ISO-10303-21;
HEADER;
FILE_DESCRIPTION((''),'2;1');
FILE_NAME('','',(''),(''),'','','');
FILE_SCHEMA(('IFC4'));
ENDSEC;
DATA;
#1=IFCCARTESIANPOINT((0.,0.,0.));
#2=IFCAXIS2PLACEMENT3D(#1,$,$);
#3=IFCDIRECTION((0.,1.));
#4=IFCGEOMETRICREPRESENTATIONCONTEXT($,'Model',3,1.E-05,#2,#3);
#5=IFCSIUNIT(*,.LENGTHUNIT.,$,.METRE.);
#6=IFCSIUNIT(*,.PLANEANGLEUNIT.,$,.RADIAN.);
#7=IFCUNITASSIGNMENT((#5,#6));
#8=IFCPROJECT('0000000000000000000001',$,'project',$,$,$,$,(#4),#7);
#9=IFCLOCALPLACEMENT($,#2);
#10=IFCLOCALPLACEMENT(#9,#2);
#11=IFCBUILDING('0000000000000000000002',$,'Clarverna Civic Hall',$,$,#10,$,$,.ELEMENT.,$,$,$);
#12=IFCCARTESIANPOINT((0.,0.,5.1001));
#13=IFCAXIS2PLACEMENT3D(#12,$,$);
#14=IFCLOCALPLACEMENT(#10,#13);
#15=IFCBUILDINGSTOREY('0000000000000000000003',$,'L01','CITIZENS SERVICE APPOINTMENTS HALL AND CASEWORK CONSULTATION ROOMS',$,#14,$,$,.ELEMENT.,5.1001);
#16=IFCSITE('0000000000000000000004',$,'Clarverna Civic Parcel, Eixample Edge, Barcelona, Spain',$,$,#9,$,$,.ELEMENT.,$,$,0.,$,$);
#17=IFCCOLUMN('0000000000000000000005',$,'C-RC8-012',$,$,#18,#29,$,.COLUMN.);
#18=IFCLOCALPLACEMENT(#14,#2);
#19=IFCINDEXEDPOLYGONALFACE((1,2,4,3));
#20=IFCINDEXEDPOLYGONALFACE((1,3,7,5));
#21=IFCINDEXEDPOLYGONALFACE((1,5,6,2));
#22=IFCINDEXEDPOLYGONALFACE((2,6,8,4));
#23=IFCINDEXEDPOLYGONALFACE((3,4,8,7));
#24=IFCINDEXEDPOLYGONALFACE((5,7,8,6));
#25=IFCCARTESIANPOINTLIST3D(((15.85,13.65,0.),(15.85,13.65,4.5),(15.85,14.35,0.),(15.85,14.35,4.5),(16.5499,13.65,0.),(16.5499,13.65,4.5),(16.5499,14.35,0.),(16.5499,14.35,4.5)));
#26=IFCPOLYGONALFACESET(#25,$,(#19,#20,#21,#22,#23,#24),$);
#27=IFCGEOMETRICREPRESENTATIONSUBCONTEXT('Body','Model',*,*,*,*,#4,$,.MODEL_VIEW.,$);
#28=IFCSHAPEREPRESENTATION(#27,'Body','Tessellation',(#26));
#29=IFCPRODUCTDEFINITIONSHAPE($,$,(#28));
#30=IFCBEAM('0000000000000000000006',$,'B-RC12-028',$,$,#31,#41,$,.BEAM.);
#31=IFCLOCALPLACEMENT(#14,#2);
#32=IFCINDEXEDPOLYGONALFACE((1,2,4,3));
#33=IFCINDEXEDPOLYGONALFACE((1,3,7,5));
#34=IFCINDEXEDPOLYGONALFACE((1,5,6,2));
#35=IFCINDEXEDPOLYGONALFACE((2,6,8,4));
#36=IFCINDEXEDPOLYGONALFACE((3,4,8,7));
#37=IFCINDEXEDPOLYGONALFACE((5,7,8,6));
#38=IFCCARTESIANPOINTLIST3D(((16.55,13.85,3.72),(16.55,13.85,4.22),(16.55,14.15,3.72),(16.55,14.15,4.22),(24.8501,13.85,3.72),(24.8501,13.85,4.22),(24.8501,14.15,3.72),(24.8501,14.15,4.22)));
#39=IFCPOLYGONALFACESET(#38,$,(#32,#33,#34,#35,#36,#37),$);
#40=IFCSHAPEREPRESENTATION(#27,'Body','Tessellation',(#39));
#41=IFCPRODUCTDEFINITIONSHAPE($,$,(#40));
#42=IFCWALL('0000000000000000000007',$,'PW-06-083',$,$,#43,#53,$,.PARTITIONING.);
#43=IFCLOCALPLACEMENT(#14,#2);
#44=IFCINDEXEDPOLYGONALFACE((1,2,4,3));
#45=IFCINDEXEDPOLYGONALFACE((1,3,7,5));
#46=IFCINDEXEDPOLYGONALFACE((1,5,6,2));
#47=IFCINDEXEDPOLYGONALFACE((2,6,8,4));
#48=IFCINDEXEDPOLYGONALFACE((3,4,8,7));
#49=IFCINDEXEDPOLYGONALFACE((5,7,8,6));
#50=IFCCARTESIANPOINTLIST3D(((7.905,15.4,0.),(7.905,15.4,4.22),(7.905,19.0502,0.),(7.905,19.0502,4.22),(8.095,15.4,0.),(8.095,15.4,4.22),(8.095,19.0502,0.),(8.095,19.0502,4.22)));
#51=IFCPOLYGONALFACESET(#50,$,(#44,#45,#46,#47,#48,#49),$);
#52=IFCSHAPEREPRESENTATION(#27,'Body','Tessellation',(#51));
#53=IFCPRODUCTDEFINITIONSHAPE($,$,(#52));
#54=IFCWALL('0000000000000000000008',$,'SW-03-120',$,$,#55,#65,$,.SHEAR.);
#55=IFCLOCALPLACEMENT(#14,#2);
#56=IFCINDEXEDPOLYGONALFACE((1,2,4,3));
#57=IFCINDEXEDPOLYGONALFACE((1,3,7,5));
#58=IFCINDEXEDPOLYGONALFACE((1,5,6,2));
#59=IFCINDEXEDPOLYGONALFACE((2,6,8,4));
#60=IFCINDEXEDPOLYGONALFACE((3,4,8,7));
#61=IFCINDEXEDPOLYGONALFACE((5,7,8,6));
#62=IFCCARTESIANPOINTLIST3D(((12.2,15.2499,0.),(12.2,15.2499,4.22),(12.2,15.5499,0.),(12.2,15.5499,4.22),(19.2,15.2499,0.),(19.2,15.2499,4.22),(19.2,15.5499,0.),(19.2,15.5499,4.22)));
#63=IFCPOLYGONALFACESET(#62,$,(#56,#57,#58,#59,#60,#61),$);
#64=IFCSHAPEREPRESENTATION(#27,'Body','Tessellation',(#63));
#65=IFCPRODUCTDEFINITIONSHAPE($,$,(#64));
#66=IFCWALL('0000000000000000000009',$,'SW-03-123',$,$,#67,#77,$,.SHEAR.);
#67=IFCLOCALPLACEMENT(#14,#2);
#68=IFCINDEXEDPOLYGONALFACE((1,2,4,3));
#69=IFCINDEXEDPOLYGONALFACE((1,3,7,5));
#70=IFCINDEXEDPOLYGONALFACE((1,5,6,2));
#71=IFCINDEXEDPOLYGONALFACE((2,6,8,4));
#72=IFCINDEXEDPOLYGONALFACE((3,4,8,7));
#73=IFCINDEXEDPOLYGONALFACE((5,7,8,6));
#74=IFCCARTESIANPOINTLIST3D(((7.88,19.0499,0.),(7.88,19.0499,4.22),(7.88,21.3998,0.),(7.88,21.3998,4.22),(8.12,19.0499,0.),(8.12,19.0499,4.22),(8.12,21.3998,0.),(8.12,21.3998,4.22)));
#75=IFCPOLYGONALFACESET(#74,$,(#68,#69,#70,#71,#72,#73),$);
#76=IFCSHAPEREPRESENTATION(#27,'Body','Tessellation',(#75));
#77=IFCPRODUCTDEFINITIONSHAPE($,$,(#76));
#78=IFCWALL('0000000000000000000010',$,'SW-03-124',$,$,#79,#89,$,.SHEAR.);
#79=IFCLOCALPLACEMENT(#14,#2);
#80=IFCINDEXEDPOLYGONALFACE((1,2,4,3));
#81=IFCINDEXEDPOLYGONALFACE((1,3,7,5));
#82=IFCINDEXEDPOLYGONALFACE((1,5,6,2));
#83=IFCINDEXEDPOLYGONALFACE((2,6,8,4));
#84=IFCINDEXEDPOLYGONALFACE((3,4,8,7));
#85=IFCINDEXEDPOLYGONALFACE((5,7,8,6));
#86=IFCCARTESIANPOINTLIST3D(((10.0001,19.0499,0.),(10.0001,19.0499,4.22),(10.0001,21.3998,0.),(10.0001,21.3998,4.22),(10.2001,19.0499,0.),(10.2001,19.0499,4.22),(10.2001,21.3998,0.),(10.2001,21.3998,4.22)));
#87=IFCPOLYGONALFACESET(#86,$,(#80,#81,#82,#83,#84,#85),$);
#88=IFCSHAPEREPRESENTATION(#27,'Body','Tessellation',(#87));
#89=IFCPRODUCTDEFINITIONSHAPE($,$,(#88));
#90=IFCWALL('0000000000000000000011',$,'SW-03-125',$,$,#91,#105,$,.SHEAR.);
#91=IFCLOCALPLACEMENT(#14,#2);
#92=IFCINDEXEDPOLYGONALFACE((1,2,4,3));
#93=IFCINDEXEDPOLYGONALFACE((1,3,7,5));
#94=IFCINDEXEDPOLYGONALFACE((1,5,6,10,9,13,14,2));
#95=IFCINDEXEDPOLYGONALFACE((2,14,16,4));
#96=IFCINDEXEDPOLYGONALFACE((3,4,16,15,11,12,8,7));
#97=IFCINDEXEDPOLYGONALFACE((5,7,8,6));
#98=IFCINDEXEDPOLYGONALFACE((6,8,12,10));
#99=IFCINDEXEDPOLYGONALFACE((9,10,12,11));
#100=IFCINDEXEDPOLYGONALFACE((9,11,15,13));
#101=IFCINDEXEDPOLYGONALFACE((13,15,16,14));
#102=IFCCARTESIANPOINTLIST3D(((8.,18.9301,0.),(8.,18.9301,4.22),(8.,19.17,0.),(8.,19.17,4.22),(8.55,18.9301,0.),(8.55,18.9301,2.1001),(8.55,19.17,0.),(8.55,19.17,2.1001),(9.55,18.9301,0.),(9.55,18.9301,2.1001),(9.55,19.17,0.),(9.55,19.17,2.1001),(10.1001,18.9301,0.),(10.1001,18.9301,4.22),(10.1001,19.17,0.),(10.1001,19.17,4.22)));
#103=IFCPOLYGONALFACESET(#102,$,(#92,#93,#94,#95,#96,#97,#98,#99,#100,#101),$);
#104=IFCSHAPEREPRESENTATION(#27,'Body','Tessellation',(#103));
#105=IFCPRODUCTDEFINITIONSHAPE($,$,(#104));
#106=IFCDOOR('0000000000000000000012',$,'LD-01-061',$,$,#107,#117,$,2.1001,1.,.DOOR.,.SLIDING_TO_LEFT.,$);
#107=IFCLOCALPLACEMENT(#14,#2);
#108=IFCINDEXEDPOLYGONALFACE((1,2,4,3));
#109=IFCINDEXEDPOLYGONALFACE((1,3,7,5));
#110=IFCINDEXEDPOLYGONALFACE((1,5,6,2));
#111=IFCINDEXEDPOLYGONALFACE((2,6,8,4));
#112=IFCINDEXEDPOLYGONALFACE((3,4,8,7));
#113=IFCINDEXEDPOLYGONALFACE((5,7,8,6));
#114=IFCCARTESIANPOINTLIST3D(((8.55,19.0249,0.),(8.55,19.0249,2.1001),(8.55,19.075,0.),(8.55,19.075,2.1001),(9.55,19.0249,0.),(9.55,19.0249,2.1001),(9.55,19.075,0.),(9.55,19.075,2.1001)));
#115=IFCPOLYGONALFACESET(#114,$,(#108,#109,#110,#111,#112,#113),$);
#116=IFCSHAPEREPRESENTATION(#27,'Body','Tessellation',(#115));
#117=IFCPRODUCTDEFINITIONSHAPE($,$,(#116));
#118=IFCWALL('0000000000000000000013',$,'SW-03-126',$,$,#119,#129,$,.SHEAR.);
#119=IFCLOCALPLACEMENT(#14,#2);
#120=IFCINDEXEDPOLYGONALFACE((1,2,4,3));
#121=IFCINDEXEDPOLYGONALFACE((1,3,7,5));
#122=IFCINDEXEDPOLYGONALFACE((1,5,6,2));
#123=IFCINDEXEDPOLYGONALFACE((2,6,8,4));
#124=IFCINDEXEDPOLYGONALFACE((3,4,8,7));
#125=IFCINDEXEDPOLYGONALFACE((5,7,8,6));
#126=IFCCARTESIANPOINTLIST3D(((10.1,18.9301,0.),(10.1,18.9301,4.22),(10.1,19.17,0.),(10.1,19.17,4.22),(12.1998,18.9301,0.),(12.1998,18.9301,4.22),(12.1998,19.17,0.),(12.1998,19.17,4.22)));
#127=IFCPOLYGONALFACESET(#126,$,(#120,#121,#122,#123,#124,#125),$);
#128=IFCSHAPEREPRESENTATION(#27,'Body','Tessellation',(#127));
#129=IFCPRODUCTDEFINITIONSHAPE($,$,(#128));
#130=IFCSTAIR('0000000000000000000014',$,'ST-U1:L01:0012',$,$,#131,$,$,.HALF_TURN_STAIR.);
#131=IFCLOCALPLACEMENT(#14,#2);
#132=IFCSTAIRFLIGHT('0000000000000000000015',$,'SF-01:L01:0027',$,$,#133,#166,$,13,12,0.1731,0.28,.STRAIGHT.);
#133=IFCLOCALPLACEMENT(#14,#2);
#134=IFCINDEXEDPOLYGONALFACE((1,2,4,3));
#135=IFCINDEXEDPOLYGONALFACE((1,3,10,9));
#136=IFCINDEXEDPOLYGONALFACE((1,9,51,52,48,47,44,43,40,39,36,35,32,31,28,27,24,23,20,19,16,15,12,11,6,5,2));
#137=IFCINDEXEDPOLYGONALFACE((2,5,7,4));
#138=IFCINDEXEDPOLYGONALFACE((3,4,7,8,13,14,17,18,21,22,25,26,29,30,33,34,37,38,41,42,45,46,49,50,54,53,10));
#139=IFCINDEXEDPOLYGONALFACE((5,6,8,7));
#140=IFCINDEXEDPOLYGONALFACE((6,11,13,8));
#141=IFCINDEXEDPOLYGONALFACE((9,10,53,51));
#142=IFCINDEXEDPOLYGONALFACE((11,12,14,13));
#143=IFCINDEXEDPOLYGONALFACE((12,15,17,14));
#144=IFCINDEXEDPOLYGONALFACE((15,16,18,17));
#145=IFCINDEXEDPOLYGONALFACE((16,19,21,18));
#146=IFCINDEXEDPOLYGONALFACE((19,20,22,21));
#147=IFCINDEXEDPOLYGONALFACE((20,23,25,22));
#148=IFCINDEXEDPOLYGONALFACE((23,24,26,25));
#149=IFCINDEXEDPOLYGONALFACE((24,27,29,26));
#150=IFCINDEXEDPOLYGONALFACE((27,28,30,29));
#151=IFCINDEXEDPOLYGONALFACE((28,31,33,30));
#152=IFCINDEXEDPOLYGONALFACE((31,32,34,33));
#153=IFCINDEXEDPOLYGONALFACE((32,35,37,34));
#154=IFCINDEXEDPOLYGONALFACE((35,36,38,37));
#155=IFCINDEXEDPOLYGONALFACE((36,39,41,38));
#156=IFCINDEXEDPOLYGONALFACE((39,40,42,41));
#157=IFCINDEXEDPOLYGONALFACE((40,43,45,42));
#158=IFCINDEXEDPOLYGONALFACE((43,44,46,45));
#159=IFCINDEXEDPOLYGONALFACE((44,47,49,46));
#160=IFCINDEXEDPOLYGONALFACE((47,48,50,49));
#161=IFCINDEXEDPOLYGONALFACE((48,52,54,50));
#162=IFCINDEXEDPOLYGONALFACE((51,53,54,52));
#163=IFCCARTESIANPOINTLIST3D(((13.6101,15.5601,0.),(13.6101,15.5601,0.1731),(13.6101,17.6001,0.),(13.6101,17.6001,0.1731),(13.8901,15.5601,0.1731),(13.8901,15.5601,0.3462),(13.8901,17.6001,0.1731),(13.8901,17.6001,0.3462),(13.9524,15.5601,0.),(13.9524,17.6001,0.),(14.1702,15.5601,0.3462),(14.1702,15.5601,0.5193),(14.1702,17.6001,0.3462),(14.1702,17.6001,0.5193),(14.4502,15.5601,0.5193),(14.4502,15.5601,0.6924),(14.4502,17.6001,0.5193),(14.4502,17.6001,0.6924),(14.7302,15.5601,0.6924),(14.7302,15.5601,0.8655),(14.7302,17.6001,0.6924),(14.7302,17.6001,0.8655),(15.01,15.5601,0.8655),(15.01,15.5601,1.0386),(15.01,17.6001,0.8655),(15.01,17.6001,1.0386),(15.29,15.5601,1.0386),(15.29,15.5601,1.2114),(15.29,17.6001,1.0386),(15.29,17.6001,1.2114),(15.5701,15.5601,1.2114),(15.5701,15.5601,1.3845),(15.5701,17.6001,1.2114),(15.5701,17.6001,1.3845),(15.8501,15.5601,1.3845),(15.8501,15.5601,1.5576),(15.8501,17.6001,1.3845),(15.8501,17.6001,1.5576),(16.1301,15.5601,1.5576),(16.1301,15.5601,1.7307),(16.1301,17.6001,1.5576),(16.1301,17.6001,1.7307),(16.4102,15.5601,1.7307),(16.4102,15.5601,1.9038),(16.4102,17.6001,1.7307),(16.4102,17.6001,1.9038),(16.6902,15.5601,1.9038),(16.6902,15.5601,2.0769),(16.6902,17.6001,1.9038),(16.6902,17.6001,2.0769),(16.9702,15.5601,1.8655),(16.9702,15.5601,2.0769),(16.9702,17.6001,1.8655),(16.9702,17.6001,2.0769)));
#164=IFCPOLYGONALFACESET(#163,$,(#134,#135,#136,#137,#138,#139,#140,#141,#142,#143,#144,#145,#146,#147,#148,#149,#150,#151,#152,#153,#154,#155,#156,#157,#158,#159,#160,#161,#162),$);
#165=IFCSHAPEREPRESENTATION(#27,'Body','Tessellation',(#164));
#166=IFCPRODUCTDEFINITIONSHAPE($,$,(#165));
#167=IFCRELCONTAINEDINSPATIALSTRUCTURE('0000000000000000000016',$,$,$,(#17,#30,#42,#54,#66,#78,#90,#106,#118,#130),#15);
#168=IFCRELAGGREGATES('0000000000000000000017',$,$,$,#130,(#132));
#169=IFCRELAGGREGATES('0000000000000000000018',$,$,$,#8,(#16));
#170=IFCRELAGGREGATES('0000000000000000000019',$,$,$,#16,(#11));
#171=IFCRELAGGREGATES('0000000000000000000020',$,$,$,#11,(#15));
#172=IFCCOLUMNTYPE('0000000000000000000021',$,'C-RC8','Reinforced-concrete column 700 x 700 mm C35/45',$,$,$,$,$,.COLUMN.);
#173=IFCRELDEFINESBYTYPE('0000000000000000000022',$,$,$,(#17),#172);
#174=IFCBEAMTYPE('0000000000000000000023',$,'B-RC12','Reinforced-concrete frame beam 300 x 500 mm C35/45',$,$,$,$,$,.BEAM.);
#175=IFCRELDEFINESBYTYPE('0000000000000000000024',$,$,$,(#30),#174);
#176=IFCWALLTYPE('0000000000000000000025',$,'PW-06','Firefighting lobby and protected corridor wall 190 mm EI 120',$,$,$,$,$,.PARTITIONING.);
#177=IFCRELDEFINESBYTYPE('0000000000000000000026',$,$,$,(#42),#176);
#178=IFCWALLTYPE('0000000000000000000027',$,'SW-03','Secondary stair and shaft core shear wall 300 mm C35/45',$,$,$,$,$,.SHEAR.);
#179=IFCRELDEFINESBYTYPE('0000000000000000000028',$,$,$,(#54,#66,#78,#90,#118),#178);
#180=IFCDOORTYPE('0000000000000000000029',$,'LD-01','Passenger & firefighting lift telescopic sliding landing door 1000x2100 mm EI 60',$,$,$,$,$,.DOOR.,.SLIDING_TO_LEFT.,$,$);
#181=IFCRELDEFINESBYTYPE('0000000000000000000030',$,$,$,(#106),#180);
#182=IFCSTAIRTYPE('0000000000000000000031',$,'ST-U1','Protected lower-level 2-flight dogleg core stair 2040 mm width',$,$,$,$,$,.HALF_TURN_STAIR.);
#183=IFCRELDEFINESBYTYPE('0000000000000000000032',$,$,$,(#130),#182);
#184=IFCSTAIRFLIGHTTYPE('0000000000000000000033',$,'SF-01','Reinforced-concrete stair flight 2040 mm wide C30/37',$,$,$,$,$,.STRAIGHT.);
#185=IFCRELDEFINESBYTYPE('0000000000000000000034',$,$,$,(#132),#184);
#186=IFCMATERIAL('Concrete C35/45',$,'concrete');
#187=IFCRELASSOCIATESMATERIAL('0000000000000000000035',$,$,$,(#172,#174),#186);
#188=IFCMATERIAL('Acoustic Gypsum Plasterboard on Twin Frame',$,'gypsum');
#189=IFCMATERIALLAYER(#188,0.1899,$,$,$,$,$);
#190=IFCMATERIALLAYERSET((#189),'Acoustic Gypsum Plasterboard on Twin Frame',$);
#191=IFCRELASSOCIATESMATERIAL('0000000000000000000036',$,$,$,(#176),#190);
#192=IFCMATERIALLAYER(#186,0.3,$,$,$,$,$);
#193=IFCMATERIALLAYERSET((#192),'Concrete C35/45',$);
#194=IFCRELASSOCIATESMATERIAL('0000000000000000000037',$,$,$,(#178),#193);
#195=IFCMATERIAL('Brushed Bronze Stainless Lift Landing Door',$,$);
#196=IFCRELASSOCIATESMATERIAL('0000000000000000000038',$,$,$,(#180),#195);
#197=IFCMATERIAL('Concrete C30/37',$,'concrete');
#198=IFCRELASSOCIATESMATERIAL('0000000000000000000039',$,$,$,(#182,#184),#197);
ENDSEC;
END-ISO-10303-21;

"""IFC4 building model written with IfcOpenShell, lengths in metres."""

from ifc_helpers import new_model, si_unit, direction, frame, frame_2d, origin, origin_2d, place, context, subcontext, project, spatial, polyline, rectangle, outline, extrude, material, layer, layer_set, material_profile, profile_set, type_object, element, fill, aggregate, save


model = new_model("IFC4")

# Units and contexts
model_context = context("Model", 3, precision=1e-05, world=origin(), true_north=direction((0.0, 1.0)))
body_context = subcontext(model_context, "Body", "Model", "MODEL_VIEW")
ifc_project = project(units=[si_unit("LENGTHUNIT", "METRE"), si_unit("PLANEANGLEUNIT", "RADIAN")], contexts=[model_context])

# Site, building, storey
site_placement = place(None, origin())
site = spatial("IfcSite", under=ifc_project, at=site_placement, Name="Clarverna Civic Parcel, Eixample Edge, Barcelona, Spain", CompositionType="ELEMENT", RefElevation=0.0)
building_placement = place(site_placement, origin())
building = spatial("IfcBuilding", under=site, at=building_placement, Name="Clarverna Civic Hall", CompositionType="ELEMENT")
storey_placement = place(building_placement, frame((0.0, 0.0, 5.1001)))
storey = spatial("IfcBuildingStorey", under=building, at=storey_placement, Name="L01", Description="CITIZENS SERVICE APPOINTMENTS HALL AND CASEWORK CONSULTATION ROOMS", CompositionType="ELEMENT", Elevation=5.1001)

# Column
ifc_material_1 = material(Name="Concrete C35/45", Category="concrete")
ifc_material_profile_1 = material_profile(ifc_material_1, rectangle(XDim=0.7, YDim=0.7, at=origin_2d()), Name="RC 700x700")
ifc_profile_set_1 = profile_set([ifc_material_profile_1], Name="Concrete C35/45")
column_type = type_object("IfcColumnType", Name="C-RC8", Description="Reinforced-concrete column 700 x 700 mm C35/45", PredefinedType="COLUMN", material=ifc_profile_set_1)
column_placement = place(storey_placement, frame((16.2, 14.0, 0.0), z_axis=(0.0, 0.0, 1.0), x_axis=(1.0, 0.0, 0.0)))
element("IfcColumn", 1, at=column_placement, inside=storey, type_object=column_type, Name="C-RC8-012", PredefinedType="COLUMN", context=body_context, shape_type="SweptSolid", body=[
    extrude(rectangle(XDim=0.7, YDim=0.7, at=origin_2d()), origin(), (0.0, 0.0, 1.0), 4.5),
])

# Beam
ifc_material_profile_2 = material_profile(ifc_material_1, rectangle(XDim=0.3, YDim=0.5, at=origin_2d()), Name="RC 300x500")
ifc_profile_set_2 = profile_set([ifc_material_profile_2], Name="Concrete C35/45")
beam_type = type_object("IfcBeamType", Name="B-RC12", Description="Reinforced-concrete frame beam 300 x 500 mm C35/45", PredefinedType="BEAM", material=ifc_profile_set_2)
beam_placement = place(storey_placement, frame((16.55, 14.0, 3.97), z_axis=(1.0, 0.0, 0.0), x_axis=(0.0, 1.0, 0.0)))
element("IfcBeam", 2, at=beam_placement, inside=storey, type_object=beam_type, Name="B-RC12-028", PredefinedType="BEAM", context=body_context, shape_type="SweptSolid", body=[
    extrude(rectangle(XDim=0.3, YDim=0.5, at=origin_2d()), origin(), (0.0, 0.0, 1.0), 8.3),
])

# Wall
ifc_material_2 = material(Name="Acoustic Gypsum Plasterboard on Twin Frame", Category="gypsum")
ifc_layer_1 = layer(ifc_material_2, 0.1899)
ifc_layer_set_1 = layer_set([ifc_layer_1], Name="Acoustic Gypsum Plasterboard on Twin Frame")
wall_type_1 = type_object("IfcWallType", Name="PW-06", Description="Firefighting lobby and protected corridor wall 190 mm EI 120", PredefinedType="PARTITIONING", material=ifc_layer_set_1)
wall_1_placement = place(storey_placement, frame((8.0, 15.3999, 0.0), z_axis=(0.0, 0.0, 1.0), x_axis=(0.0, 1.0, 0.0)))
element("IfcWall", 3, at=wall_1_placement, inside=storey, type_object=wall_type_1, Name="PW-06-083", PredefinedType="PARTITIONING", context=body_context, shape_type="SweptSolid", body=[
    extrude(rectangle(XDim=3.6501, YDim=0.1899, at=frame_2d((1.8252, 0.0))), origin(), (0.0, 0.0, 1.0), 4.22),
])

# Shared definitions
ifc_layer_2 = layer(ifc_material_1, 0.3)
ifc_layer_set_2 = layer_set([ifc_layer_2], Name="Concrete C35/45")
wall_type_2 = type_object("IfcWallType", Name="SW-03", Description="Secondary stair and shaft core shear wall 300 mm C35/45", PredefinedType="SHEAR", material=ifc_layer_set_2)

# Walls
wall_2_placement = place(storey_placement, frame((12.2, 15.3999, 0.0), z_axis=(0.0, 0.0, 1.0), x_axis=(1.0, 0.0, 0.0)))
element("IfcWall", 4, at=wall_2_placement, inside=storey, type_object=wall_type_2, Name="SW-03-120", PredefinedType="SHEAR", context=body_context, shape_type="SweptSolid", body=[
    extrude(rectangle(XDim=7.0, YDim=0.3, at=frame_2d((3.5, 0.0))), origin(), (0.0, 0.0, 1.0), 4.22),
])
wall_3_placement = place(storey_placement, frame((8.0, 19.05, 0.0), z_axis=(0.0, 0.0, 1.0), x_axis=(0.0, 1.0, 0.0)))
element("IfcWall", 5, at=wall_3_placement, inside=storey, type_object=wall_type_2, Name="SW-03-123", PredefinedType="SHEAR", context=body_context, shape_type="SweptSolid", body=[
    extrude(rectangle(XDim=2.3499, YDim=0.24, at=frame_2d((1.1748, 0.0))), origin(), (0.0, 0.0, 1.0), 4.22),
])
wall_4_placement = place(storey_placement, frame((10.1001, 19.05, 0.0), z_axis=(0.0, 0.0, 1.0), x_axis=(0.0, 1.0, 0.0)))
element("IfcWall", 6, at=wall_4_placement, inside=storey, type_object=wall_type_2, Name="SW-03-124", PredefinedType="SHEAR", context=body_context, shape_type="SweptSolid", body=[
    extrude(rectangle(XDim=2.3499, YDim=0.2, at=frame_2d((1.1748, 0.0))), origin(), (0.0, 0.0, 1.0), 4.22),
])

# Wall, opening, door
wall_5_placement = place(storey_placement, frame((8.0, 19.05, 0.0), z_axis=(0.0, 0.0, 1.0), x_axis=(1.0, 0.0, 0.0)))
wall_5 = element("IfcWall", 7, at=wall_5_placement, inside=storey, type_object=wall_type_2, Name="SW-03-125", PredefinedType="SHEAR", context=body_context, shape_type="SweptSolid", body=[
    extrude(rectangle(XDim=2.1001, YDim=0.24, at=frame_2d((1.05, 0.0))), origin(), (0.0, 0.0, 1.0), 4.22),
])
opening_1_placement = place(wall_5_placement, frame((0.55, 0.0, 0.0)))
opening_1 = element("IfcOpeningElement", 8, at=opening_1_placement, cuts=wall_5, PredefinedType="OPENING", context=body_context, shape_type="SweptSolid", body=[
    extrude(rectangle(XDim=1.0, YDim=2.1001, at=frame_2d((0.5, 1.05))), frame((0.0, 0.1299, 0.0), z_axis=(0.0, -1.0, 0.0), x_axis=(1.0, 0.0, 0.0)), (0.0, 0.0, 1.0), 0.26),
])
ifc_material_3 = material(Name="Brushed Bronze Stainless Lift Landing Door")
door_type_1 = type_object("IfcDoorType", Name="LD-01", Description="Passenger & firefighting lift telescopic sliding landing door 1000x2100 mm EI 60", OperationType="SLIDING_TO_LEFT", PredefinedType="DOOR", material=ifc_material_3)
door_1_placement = place(opening_1_placement, origin())
door_1 = element("IfcDoor", 9, at=door_1_placement, inside=storey, type_object=door_type_1, Name="LD-01-061", OperationType="SLIDING_TO_LEFT", OverallHeight=2.1001, OverallWidth=1.0, PredefinedType="DOOR", context=body_context, shape_type="SweptSolid", body=[
    extrude(rectangle(XDim=1.0, YDim=2.1001, at=frame_2d((0.5, 1.05))), frame((0.0, 0.0249, 0.0), z_axis=(0.0, -1.0, 0.0), x_axis=(1.0, 0.0, 0.0)), (0.0, 0.0, 1.0), 0.05),
])
fill(opening_1, door_1)

# Wall
wall_6_placement = place(storey_placement, frame((10.1001, 19.05, 0.0), z_axis=(0.0, 0.0, 1.0), x_axis=(1.0, 0.0, 0.0)))
element("IfcWall", 10, at=wall_6_placement, inside=storey, type_object=wall_type_2, Name="SW-03-126", PredefinedType="SHEAR", context=body_context, shape_type="SweptSolid", body=[
    extrude(rectangle(XDim=2.0999, YDim=0.24, at=frame_2d((1.0498, 0.0))), origin(), (0.0, 0.0, 1.0), 4.22),
])

# Stair, stair flight
ifc_material_4 = material(Name="Concrete C30/37", Category="concrete")
stair_type = type_object("IfcStairType", Name="ST-U1", Description="Protected lower-level 2-flight dogleg core stair 2040 mm width", PredefinedType="HALF_TURN_STAIR", material=ifc_material_4)
stair_placement = place(storey_placement, origin())
stair = element("IfcStair", 11, at=stair_placement, inside=storey, type_object=stair_type, Name="ST-U1:L01:0012", PredefinedType="HALF_TURN_STAIR")
stair_flight_type = type_object("IfcStairFlightType", Name="SF-01", Description="Reinforced-concrete stair flight 2040 mm wide C30/37", PredefinedType="STRAIGHT", material=ifc_material_4)
stair_flight_placement = place(storey_placement, frame((13.6101, 16.5801, 0.0), z_axis=(0.0, 0.0, 1.0), x_axis=(1.0, 0.0, 0.0)))
stair_flight = element("IfcStairFlight", 12, at=stair_flight_placement, type_object=stair_flight_type, Name="SF-01:L01:0027", NumberOfRisers=13, NumberOfTreads=12, PredefinedType="STRAIGHT", RiserHeight=0.1731, TreadLength=0.28, context=body_context, shape_type="SweptSolid", body=[
    extrude(outline(polyline([(0.0, 0.0), (0.0, 0.1731), (0.28, 0.1731), (0.28, 0.3462), (0.5601, 0.3462), (0.5601, 0.5193), (0.8401, 0.5193), (0.8401, 0.6924), (1.1201, 0.6924), (1.1201, 0.8655), (1.3999, 0.8655), (1.3999, 1.0386), (1.6799, 1.0386), (1.6799, 1.2114), (1.96, 1.2114), (1.96, 1.3845), (2.24, 1.3845), (2.24, 1.5576), (2.52, 1.5576), (2.52, 1.7307), (2.8, 1.7307), (2.8, 1.9038), (3.0801, 1.9038), (3.0801, 2.0769), (3.3601, 2.0769), (3.3601, 2.25), (3.3601, 1.8655), (0.3423, 0.0), (0.0, 0.0)])), frame((0.0, 1.02, 0.0), z_axis=(0.0, -1.0, 0.0), x_axis=(1.0, 0.0, 0.0)), (0.0, 0.0, 1.0), 2.04),
])
aggregate(stair, [stair_flight])

save(model, "model.ifc")
